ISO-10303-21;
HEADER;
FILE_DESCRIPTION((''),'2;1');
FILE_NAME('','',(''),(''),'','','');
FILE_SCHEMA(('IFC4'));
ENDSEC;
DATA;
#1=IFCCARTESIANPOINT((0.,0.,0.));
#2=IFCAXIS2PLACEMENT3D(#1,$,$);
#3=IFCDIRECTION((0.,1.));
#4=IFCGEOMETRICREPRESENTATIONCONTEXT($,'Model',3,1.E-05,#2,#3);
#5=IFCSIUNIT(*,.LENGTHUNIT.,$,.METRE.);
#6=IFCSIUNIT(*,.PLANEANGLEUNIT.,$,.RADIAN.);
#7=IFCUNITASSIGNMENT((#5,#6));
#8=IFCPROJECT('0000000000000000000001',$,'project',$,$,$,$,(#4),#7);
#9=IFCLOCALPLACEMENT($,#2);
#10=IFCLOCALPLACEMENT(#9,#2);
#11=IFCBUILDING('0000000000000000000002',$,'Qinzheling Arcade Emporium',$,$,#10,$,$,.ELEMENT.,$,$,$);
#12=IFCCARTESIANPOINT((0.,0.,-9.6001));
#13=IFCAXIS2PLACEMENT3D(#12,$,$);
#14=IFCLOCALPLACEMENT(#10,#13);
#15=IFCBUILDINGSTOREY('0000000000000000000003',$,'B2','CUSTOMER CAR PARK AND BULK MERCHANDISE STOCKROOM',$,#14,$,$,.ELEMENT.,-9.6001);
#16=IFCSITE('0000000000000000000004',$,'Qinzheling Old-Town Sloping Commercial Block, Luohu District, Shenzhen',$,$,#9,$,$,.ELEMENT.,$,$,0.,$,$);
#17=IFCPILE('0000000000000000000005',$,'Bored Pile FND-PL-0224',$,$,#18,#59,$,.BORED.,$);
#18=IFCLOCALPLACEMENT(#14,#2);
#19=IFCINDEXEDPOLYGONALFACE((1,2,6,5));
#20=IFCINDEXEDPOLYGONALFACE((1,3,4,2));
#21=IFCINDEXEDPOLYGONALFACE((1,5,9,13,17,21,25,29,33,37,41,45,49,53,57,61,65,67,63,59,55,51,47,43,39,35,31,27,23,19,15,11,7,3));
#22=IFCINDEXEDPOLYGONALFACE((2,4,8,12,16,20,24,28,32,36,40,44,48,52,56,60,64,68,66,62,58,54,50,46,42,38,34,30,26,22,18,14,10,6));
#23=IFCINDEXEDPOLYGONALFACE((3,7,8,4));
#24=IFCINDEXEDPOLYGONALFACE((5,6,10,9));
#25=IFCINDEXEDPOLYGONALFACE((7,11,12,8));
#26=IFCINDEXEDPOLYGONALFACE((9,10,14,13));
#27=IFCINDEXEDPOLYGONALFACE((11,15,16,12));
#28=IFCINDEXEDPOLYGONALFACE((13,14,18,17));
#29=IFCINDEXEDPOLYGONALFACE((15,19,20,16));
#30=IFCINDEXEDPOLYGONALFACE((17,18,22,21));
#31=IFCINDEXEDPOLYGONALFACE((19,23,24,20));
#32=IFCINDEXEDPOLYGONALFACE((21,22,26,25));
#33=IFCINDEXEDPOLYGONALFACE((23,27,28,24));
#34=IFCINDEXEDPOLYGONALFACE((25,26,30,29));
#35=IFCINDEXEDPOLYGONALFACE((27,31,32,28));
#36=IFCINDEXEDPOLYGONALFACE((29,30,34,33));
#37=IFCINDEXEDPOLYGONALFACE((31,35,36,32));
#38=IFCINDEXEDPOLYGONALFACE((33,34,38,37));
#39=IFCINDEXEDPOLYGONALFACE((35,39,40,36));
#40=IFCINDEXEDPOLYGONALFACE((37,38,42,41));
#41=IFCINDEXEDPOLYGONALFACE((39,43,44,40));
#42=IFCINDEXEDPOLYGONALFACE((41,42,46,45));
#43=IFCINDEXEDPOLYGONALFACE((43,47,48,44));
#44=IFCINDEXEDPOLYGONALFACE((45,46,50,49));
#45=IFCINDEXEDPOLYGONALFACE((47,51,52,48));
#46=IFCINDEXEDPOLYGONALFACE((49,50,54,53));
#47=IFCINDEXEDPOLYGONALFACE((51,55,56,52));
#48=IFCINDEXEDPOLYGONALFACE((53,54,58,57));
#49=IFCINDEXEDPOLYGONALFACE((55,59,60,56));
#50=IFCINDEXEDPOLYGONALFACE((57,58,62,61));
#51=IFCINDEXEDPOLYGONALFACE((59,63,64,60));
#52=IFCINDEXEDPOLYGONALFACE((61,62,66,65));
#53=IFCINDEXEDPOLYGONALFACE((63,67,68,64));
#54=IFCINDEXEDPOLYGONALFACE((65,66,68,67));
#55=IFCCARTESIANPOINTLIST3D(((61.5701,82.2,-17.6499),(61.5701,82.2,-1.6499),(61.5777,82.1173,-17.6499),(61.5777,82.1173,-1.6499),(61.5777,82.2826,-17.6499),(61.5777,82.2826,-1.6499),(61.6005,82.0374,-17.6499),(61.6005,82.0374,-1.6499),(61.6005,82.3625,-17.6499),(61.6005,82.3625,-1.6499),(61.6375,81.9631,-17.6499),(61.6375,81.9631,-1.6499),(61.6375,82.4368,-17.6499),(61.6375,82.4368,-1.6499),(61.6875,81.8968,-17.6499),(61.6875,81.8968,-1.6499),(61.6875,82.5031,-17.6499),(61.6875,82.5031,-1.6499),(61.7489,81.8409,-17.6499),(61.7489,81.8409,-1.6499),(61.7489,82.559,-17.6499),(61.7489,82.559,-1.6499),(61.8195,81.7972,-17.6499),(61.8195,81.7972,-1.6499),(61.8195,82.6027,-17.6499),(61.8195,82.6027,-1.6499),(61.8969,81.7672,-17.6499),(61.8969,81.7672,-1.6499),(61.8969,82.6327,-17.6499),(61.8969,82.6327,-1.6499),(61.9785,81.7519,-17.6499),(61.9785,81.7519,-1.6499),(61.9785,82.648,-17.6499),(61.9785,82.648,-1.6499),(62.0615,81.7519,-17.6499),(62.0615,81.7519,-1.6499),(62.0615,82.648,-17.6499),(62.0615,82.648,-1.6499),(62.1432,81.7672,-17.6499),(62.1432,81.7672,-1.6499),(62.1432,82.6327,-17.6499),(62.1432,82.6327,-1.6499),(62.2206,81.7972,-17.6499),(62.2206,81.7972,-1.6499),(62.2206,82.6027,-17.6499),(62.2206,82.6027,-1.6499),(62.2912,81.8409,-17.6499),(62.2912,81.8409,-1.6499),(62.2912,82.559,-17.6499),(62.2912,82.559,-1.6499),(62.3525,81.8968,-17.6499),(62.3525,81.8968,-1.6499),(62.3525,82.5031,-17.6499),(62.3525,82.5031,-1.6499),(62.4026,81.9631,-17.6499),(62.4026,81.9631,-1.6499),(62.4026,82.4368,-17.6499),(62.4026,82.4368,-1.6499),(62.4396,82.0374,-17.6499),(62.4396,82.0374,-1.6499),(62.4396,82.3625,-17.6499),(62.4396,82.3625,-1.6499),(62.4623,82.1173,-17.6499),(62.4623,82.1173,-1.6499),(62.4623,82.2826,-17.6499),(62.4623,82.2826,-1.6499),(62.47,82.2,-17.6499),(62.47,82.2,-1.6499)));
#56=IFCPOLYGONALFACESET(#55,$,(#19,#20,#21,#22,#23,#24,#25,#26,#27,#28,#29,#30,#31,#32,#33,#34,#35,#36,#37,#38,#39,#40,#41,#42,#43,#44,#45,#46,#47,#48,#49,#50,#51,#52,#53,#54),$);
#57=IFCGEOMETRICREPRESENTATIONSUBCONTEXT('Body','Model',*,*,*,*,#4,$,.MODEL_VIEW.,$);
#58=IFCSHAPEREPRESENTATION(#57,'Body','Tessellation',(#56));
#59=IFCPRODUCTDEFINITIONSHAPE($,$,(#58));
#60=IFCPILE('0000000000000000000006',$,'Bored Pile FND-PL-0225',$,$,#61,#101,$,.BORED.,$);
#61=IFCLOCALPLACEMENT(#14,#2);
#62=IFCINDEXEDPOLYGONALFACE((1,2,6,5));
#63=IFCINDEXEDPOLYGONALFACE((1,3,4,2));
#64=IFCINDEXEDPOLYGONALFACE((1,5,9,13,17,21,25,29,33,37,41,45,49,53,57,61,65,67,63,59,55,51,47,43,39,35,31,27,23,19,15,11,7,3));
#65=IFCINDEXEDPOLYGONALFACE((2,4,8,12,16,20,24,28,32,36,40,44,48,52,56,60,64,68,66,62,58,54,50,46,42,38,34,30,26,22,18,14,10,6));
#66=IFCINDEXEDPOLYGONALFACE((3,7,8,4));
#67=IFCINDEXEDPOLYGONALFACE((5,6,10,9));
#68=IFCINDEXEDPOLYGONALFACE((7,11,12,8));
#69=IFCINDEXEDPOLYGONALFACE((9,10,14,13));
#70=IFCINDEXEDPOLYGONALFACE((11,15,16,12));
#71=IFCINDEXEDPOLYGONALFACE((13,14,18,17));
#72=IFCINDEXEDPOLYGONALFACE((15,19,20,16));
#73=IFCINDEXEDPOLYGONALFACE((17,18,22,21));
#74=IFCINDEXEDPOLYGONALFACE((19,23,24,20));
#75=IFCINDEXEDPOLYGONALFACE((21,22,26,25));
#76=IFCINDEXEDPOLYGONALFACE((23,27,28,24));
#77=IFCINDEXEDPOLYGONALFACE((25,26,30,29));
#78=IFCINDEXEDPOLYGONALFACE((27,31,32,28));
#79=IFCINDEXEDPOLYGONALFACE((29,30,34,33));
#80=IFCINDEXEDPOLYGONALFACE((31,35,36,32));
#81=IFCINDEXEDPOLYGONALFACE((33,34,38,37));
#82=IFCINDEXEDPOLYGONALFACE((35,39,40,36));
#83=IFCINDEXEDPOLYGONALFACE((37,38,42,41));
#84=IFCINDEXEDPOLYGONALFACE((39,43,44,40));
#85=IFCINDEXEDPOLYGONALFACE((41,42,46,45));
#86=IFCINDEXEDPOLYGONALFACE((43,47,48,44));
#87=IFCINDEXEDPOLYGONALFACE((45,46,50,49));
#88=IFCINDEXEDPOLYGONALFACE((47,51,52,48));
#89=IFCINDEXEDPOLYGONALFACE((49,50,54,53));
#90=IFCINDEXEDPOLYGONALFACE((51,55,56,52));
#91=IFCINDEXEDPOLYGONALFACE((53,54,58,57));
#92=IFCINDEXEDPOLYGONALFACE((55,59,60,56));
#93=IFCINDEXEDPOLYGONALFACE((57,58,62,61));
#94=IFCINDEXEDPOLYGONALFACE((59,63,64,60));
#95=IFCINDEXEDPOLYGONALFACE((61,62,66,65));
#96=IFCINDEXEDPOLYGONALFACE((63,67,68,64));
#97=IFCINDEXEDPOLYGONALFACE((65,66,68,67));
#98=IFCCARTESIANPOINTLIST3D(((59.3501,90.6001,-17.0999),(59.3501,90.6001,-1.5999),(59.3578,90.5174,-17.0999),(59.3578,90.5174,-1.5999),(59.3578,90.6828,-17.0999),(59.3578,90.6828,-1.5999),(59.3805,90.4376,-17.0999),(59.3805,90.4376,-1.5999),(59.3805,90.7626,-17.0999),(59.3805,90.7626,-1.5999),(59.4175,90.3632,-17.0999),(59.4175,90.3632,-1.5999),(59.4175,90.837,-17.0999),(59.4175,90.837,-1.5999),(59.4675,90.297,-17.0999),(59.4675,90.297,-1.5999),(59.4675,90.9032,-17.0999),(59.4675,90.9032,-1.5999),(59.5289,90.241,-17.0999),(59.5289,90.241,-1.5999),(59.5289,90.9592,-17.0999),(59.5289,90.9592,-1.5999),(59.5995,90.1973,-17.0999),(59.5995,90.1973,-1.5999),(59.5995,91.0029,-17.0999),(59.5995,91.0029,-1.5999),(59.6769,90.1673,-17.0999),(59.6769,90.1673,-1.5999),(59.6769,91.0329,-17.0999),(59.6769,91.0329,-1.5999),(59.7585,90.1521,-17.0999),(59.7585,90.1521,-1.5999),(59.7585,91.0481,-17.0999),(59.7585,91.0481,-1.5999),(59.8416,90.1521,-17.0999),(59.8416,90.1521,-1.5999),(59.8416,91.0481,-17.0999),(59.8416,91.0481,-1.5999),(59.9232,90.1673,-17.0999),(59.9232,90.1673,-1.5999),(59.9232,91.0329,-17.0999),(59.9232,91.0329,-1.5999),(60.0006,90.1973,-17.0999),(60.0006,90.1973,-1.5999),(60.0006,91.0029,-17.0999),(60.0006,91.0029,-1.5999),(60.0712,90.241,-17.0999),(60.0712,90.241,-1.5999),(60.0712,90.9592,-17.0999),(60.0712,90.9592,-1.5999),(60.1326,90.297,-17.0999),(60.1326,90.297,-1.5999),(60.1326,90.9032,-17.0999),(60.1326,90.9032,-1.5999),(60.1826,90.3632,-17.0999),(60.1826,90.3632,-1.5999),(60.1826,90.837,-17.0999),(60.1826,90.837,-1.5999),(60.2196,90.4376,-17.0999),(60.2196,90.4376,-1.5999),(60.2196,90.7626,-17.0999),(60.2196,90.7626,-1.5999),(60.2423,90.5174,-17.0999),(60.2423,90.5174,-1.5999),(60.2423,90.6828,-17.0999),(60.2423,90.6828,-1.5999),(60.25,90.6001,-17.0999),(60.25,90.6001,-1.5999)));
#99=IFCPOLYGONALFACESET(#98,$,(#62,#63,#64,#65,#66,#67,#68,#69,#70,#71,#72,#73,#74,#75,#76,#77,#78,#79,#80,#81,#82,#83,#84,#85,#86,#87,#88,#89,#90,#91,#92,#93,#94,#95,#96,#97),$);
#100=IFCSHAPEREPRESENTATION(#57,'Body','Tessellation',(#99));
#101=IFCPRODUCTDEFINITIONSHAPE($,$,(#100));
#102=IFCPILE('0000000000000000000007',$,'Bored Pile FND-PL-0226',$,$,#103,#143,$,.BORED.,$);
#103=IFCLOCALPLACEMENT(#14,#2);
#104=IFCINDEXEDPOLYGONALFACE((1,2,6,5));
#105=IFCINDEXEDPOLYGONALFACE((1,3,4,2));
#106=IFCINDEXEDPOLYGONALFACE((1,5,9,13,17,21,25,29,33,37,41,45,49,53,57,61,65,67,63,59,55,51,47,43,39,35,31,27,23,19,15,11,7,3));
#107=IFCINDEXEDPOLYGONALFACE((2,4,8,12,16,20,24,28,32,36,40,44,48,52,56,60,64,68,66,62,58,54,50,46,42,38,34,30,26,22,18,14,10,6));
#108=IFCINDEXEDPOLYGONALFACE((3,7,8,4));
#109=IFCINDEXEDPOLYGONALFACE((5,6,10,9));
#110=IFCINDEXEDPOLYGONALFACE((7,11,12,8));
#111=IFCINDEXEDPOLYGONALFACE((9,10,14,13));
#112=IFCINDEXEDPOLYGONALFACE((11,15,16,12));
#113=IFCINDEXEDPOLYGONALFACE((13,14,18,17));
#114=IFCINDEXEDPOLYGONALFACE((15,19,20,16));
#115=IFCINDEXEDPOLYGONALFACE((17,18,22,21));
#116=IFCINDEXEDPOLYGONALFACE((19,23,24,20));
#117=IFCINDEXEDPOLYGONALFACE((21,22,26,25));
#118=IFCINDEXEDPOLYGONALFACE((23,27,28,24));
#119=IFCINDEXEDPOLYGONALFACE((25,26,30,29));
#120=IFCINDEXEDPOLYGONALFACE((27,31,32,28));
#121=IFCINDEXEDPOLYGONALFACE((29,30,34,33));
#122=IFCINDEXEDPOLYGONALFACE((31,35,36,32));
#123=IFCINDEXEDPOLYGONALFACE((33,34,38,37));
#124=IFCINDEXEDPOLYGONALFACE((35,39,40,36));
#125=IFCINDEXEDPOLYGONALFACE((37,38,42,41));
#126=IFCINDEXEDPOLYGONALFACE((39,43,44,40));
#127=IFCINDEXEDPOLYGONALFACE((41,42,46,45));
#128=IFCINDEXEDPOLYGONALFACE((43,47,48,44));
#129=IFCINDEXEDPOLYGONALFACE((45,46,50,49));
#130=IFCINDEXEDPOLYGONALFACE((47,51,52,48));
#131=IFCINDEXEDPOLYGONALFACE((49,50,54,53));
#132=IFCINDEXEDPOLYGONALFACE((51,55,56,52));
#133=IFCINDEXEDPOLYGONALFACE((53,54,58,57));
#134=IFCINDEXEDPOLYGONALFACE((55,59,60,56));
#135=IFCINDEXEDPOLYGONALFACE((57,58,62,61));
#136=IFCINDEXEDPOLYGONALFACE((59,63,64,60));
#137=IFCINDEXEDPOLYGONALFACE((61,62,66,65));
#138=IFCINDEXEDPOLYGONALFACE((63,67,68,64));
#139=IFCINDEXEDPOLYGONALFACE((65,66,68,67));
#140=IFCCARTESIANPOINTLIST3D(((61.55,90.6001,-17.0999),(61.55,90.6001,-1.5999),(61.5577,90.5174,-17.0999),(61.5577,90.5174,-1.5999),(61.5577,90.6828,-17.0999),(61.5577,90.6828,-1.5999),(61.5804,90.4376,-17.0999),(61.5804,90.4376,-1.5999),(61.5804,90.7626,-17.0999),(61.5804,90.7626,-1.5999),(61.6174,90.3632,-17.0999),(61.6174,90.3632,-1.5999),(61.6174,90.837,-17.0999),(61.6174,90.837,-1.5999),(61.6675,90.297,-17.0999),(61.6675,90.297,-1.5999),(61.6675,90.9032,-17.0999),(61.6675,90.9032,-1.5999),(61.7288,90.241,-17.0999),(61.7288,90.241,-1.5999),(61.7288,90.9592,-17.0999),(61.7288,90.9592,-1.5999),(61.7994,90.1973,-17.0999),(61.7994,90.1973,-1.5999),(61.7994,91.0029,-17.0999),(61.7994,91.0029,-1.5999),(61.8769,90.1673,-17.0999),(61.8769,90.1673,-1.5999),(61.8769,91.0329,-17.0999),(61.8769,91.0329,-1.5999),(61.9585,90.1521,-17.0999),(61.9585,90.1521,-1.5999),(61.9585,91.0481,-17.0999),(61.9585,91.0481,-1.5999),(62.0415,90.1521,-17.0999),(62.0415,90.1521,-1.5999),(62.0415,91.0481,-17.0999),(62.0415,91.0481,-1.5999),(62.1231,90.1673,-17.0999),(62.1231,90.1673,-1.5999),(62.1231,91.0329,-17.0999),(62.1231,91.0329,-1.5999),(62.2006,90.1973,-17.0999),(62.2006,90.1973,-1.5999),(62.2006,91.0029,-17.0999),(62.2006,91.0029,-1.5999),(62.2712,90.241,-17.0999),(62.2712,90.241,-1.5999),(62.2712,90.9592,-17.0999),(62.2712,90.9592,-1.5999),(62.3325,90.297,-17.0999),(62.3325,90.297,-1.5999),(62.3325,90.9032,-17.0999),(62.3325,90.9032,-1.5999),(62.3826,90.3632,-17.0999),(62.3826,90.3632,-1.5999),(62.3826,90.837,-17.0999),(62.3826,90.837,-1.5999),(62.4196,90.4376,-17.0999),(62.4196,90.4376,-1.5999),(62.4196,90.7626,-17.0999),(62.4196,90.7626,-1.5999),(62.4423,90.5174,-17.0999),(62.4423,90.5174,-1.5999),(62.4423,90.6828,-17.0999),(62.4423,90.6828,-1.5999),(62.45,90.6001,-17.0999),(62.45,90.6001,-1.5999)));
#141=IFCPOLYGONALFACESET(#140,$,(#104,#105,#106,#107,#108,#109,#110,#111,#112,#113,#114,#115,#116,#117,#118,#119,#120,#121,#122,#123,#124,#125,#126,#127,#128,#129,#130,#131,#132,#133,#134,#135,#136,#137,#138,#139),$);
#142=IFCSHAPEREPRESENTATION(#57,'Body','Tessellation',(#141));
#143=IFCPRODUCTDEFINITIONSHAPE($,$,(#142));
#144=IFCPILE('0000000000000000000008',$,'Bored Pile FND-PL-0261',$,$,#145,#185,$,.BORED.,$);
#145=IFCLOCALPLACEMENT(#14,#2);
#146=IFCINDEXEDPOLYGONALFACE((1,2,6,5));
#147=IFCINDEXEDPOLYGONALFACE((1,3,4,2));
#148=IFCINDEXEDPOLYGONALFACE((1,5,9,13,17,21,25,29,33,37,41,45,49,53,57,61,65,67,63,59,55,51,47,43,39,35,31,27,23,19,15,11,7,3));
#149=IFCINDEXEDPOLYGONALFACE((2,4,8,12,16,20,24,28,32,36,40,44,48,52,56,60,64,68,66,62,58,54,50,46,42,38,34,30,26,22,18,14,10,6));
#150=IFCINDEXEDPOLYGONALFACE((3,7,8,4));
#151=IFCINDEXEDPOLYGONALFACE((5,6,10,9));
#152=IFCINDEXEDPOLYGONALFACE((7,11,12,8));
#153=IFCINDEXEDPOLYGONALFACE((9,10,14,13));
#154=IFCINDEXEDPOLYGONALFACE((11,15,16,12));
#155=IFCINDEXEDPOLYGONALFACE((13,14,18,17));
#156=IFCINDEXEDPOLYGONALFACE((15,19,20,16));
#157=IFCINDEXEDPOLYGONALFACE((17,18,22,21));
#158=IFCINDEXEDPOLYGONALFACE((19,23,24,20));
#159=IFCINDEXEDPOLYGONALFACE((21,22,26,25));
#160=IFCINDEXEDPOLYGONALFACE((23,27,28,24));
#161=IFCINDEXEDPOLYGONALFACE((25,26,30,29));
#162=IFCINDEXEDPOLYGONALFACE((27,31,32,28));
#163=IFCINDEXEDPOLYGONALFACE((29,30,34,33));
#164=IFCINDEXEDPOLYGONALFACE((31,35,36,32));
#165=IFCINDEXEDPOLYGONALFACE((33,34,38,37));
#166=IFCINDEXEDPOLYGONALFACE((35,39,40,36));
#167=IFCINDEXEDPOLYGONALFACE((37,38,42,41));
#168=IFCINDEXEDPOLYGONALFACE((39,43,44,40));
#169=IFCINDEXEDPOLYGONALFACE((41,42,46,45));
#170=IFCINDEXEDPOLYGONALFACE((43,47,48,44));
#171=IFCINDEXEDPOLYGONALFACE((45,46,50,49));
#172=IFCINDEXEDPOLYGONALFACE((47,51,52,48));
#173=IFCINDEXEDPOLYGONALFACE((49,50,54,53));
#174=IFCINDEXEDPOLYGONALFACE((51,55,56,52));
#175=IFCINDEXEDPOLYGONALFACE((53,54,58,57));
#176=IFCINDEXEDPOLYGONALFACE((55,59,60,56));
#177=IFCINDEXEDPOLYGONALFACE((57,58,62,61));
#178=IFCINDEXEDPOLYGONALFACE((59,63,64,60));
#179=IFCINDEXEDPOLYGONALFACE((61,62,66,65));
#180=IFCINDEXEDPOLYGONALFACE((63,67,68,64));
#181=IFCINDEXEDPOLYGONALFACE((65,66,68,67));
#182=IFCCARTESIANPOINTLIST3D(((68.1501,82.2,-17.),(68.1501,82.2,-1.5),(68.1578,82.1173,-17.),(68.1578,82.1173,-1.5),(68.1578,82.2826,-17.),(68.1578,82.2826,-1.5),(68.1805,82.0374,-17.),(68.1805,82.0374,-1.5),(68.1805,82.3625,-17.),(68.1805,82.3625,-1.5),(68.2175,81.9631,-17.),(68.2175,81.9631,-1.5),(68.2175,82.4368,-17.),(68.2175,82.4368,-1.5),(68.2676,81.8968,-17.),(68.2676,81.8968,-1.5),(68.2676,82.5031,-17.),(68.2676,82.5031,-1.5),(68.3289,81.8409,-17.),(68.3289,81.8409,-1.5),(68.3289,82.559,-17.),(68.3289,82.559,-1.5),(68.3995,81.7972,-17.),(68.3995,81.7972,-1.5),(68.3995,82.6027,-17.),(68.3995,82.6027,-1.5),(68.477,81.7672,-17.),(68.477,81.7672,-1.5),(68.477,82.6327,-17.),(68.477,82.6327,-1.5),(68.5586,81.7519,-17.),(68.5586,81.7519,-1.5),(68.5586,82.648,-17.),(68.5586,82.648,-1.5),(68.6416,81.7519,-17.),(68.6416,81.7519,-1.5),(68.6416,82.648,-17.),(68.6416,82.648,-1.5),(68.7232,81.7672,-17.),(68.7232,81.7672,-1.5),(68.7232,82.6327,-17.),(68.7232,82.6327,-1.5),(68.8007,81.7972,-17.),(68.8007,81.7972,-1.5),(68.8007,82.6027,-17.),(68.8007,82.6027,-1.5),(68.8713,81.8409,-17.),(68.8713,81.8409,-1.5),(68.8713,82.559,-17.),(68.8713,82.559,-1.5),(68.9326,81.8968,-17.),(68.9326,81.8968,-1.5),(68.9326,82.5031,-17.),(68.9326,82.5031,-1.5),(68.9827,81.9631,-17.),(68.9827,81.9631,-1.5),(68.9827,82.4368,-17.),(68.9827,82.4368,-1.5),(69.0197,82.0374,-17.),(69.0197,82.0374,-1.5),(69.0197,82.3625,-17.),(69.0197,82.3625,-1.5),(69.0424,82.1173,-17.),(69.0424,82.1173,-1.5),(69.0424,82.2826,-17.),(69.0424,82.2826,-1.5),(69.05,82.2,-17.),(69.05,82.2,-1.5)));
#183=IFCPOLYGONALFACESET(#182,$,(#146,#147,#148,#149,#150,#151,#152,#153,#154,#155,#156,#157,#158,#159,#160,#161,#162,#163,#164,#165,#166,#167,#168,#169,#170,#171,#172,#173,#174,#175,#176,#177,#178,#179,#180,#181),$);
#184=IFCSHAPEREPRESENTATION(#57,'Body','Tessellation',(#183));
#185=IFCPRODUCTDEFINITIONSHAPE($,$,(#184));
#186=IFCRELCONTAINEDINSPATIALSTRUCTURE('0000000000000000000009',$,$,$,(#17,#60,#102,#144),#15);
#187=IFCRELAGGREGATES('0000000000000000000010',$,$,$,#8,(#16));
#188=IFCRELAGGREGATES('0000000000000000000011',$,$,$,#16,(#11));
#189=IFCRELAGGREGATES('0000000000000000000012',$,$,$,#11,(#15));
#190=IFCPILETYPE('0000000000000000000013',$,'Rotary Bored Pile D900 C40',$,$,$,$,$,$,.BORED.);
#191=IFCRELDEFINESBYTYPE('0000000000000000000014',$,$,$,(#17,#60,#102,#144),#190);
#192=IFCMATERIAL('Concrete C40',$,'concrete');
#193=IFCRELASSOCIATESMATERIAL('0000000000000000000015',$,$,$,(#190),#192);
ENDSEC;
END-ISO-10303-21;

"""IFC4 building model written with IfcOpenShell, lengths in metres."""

from ifc_helpers import new_model, si_unit, direction, frame, origin, origin_2d, place, context, subcontext, project, spatial, circle, extrude, material, material_profile, profile_set, type_object, element, save


model = new_model("IFC4")

# Units and contexts
model_context = context("Model", 3, precision=1e-05, world=origin(), true_north=direction((0.0, 1.0)))
body_context = subcontext(model_context, "Body", "Model", "MODEL_VIEW")
ifc_project = project(units=[si_unit("LENGTHUNIT", "METRE"), si_unit("PLANEANGLEUNIT", "RADIAN")], contexts=[model_context])

# Site, building, storey
site_placement = place(None, origin())
site = spatial("IfcSite", under=ifc_project, at=site_placement, Name="Qinzheling Old-Town Sloping Commercial Block, Luohu District, Shenzhen", CompositionType="ELEMENT", RefElevation=0.0)
building_placement = place(site_placement, origin())
building = spatial("IfcBuilding", under=site, at=building_placement, Name="Qinzheling Arcade Emporium", CompositionType="ELEMENT")
storey_placement = place(building_placement, frame((0.0, 0.0, -9.6001)))
storey = spatial("IfcBuildingStorey", under=building, at=storey_placement, Name="B2", Description="CUSTOMER CAR PARK AND BULK MERCHANDISE STOCKROOM", CompositionType="ELEMENT", Elevation=-9.6001)

# Shared definitions
ifc_material_1 = material(Name="Concrete C40", Category="concrete")

# Piles
ifc_material_profile_1 = material_profile(ifc_material_1, circle(Radius=0.45, at=origin_2d()), Name="BORED D900", Category="concrete")
ifc_profile_set_1 = profile_set([ifc_material_profile_1], Name="Concrete C40")
pile_type_1 = type_object("IfcPileType", Name="Rotary Bored Pile D900 C40", PredefinedType="BORED", material=ifc_profile_set_1)
for number, where, z_axis, x_axis, name in (
    (1, (62.02, 82.2, -1.6499), (0.0, 0.0, -1.0), (1.0, 0.0, 0.0), "Bored Pile FND-PL-0224"),
):
    element("IfcPile", number, at=place(storey_placement, frame(where, z_axis=z_axis, x_axis=x_axis)), inside=storey, type_object=pile_type_1, Name=name, PredefinedType="BORED", context=body_context, shape_type="SweptSolid", body=[
        extrude(circle(Radius=0.45, at=origin_2d()), origin(), (0.0, 0.0, 1.0), 16.0),
    ])
for number, where, z_axis, x_axis, name in (
    (2, (59.8, 90.6001, -1.5999), (0.0, 0.0, -1.0), (1.0, 0.0, 0.0), "Bored Pile FND-PL-0225"),
    (3, (62.0, 90.6001, -1.5999), (0.0, 0.0, -1.0), (1.0, 0.0, 0.0), "Bored Pile FND-PL-0226"),
    (4, (68.6001, 82.2, -1.5), (0.0, 0.0, -1.0), (1.0, 0.0, 0.0), "Bored Pile FND-PL-0261"),
):
    element("IfcPile", number, at=place(storey_placement, frame(where, z_axis=z_axis, x_axis=x_axis)), inside=storey, type_object=pile_type_1, Name=name, PredefinedType="BORED", context=body_context, shape_type="SweptSolid", body=[
        extrude(circle(Radius=0.45, at=origin_2d()), origin(), (0.0, 0.0, 1.0), 15.5),
    ])

save(model, "model.ifc")
